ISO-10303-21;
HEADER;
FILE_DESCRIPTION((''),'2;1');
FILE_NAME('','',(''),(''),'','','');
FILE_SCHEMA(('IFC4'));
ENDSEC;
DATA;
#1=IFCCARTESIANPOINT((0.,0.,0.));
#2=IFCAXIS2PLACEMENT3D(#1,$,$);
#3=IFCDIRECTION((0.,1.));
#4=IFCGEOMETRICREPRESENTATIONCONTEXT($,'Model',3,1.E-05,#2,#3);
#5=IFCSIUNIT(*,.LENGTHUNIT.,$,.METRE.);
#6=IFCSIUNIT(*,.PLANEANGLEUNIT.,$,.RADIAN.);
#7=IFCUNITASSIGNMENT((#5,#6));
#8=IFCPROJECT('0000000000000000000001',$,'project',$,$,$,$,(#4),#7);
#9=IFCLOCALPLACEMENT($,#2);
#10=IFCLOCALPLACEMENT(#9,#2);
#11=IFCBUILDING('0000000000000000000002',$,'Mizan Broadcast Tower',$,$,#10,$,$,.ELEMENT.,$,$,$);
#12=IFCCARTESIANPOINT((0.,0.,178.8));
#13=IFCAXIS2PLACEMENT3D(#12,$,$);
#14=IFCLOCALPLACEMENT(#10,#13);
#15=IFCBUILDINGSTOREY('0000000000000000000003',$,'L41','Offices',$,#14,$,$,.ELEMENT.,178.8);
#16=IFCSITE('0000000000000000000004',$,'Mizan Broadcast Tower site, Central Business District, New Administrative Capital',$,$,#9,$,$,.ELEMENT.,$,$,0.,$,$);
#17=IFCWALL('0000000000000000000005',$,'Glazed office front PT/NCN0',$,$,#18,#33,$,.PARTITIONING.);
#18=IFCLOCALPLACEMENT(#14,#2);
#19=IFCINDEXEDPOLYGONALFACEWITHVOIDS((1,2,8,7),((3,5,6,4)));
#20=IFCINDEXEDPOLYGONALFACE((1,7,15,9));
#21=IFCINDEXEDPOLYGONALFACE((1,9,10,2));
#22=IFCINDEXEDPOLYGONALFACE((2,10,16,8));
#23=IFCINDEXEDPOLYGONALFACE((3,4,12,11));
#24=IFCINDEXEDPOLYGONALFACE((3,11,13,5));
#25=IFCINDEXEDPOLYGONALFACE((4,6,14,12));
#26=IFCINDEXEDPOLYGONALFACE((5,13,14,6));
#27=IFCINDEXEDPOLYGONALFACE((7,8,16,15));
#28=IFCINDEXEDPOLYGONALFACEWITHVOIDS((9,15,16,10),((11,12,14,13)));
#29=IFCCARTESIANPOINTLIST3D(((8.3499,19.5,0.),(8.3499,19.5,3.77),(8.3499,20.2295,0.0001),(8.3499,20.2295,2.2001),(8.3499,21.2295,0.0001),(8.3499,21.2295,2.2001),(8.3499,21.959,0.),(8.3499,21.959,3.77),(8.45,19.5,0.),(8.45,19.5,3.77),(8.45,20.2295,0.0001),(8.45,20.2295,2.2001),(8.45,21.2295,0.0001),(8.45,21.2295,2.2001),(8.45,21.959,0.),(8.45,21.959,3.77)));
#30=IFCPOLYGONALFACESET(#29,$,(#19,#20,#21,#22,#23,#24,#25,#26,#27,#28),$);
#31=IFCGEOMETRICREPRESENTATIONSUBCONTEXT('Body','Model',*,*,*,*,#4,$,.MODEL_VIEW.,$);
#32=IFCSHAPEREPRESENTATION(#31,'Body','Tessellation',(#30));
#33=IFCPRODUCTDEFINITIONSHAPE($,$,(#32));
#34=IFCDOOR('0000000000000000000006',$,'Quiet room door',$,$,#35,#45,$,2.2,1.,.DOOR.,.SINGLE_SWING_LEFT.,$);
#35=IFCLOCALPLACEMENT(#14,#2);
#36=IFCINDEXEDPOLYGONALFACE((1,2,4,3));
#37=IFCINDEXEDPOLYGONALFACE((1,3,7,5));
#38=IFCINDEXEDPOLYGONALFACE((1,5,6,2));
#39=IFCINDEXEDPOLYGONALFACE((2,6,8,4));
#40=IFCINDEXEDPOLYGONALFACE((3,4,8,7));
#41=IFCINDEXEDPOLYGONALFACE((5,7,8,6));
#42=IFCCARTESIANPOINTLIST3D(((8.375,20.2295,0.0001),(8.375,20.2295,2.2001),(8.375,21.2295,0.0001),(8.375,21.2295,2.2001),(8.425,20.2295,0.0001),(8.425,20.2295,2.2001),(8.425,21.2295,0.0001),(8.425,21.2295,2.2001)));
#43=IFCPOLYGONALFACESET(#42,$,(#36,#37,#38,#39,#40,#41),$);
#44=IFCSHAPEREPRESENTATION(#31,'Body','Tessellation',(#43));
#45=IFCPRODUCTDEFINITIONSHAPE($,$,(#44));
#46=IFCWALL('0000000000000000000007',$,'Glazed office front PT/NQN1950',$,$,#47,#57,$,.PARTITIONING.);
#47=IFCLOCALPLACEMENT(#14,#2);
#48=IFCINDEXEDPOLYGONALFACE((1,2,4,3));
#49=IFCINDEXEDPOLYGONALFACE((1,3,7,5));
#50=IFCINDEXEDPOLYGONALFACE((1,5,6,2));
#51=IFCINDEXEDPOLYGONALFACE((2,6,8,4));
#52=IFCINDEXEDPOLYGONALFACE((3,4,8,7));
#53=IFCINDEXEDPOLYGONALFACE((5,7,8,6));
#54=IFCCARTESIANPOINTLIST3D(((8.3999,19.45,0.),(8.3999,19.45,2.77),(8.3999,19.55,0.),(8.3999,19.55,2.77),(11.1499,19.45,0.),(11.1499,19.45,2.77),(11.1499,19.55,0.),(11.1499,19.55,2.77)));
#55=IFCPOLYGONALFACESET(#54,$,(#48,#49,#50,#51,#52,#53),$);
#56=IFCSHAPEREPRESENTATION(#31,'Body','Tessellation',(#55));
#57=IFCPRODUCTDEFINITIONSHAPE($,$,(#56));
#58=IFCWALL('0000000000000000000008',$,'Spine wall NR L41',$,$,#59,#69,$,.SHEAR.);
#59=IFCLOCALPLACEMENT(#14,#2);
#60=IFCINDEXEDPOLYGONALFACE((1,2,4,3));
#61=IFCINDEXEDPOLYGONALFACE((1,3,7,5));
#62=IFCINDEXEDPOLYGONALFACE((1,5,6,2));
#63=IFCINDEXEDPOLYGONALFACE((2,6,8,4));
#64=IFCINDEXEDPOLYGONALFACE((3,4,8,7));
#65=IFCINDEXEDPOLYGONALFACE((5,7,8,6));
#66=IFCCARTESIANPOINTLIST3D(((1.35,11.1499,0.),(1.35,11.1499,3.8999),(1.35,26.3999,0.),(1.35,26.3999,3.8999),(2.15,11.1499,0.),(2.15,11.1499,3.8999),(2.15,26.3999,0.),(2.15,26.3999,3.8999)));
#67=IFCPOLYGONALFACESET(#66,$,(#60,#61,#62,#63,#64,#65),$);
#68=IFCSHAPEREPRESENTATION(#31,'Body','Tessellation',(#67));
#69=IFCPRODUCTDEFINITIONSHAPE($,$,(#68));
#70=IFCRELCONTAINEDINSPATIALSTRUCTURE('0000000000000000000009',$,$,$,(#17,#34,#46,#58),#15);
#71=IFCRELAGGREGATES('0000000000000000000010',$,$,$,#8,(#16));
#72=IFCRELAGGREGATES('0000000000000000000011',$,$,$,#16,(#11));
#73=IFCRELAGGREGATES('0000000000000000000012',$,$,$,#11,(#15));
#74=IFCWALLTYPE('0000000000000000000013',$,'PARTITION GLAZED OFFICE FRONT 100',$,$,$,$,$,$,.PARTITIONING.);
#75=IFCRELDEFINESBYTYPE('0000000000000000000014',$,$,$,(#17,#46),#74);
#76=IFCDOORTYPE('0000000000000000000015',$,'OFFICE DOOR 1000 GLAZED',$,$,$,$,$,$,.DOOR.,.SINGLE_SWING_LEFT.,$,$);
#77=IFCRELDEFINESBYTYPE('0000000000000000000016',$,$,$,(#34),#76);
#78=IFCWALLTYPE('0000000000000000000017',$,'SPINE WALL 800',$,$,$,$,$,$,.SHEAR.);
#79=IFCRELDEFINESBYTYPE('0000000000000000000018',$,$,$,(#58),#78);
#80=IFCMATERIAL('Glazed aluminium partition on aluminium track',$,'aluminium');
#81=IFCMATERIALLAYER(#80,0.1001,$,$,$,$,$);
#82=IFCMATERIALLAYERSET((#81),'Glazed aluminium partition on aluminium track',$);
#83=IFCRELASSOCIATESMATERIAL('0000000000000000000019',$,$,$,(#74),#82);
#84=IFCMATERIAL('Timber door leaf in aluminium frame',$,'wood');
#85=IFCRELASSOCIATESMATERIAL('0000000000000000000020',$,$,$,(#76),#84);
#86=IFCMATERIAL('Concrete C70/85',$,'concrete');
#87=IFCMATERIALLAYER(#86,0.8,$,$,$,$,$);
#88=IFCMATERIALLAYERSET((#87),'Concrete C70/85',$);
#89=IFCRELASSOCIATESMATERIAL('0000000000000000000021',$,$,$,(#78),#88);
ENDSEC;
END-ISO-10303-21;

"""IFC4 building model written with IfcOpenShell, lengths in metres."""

from ifc_helpers import new_model, si_unit, direction, frame, frame_2d, origin, place, context, subcontext, project, spatial, rectangle, extrude, material, layer, layer_set, type_object, element, fill, save


model = new_model("IFC4")

# Units and contexts
model_context = context("Model", 3, precision=1e-05, world=origin(), true_north=direction((0.0, 1.0)))
body_context = subcontext(model_context, "Body", "Model", "MODEL_VIEW")
ifc_project = project(units=[si_unit("LENGTHUNIT", "METRE"), si_unit("PLANEANGLEUNIT", "RADIAN")], contexts=[model_context])

# Site, building, storey
site_placement = place(None, origin())
site = spatial("IfcSite", under=ifc_project, at=site_placement, Name="Mizan Broadcast Tower site, Central Business District, New Administrative Capital", CompositionType="ELEMENT", RefElevation=0.0)
building_placement = place(site_placement, origin())
building = spatial("IfcBuilding", under=site, at=building_placement, Name="Mizan Broadcast Tower", CompositionType="ELEMENT")
storey_placement = place(building_placement, frame((0.0, 0.0, 178.8)))
storey = spatial("IfcBuildingStorey", under=building, at=storey_placement, Name="L41", Description="Offices", CompositionType="ELEMENT", Elevation=178.8)

# Wall, opening, door
ifc_material_1 = material(Name="Glazed aluminium partition on aluminium track", Category="aluminium")
ifc_layer_1 = layer(ifc_material_1, 0.1001)
ifc_layer_set_1 = layer_set([ifc_layer_1], Name="Glazed aluminium partition on aluminium track")
wall_type_1 = type_object("IfcWallType", Name="PARTITION GLAZED OFFICE FRONT 100", PredefinedType="PARTITIONING", material=ifc_layer_set_1)
wall_1_placement = place(storey_placement, frame((8.3999, 19.5, 0.0), z_axis=(0.0, 0.0, 1.0), x_axis=(0.0, 1.0, 0.0)))
wall_1 = element("IfcWall", 1, at=wall_1_placement, inside=storey, type_object=wall_type_1, Name="Glazed office front PT/NCN0", PredefinedType="PARTITIONING", context=body_context, shape_type="SweptSolid", body=[
    extrude(rectangle(XDim=2.459, YDim=0.1001, at=frame_2d((1.2295, 0.0))), origin(), (0.0, 0.0, 1.0), 3.77),
])
opening_1_placement = place(wall_1_placement, frame((0.7295, 0.0, 0.0)))
opening_1 = element("IfcOpeningElement", 2, at=opening_1_placement, cuts=wall_1, PredefinedType="OPENING", context=body_context, shape_type="SweptSolid", body=[
    extrude(rectangle(XDim=1.0, YDim=2.2, at=frame_2d((0.5, 1.1001))), frame((0.0, 0.0601, 0.0), z_axis=(0.0, -1.0, 0.0), x_axis=(1.0, 0.0, 0.0)), (0.0, 0.0, 1.0), 0.1201),
])
ifc_material_2 = material(Name="Timber door leaf in aluminium frame", Category="wood")
door_type_1 = type_object("IfcDoorType", Name="OFFICE DOOR 1000 GLAZED", OperationType="SINGLE_SWING_LEFT", PredefinedType="DOOR", material=ifc_material_2)
door_1_placement = place(opening_1_placement, origin())
door_1 = element("IfcDoor", 3, at=door_1_placement, inside=storey, type_object=door_type_1, Name="Quiet room door", OperationType="SINGLE_SWING_LEFT", OverallHeight=2.2, OverallWidth=1.0, PredefinedType="DOOR", context=body_context, shape_type="SweptSolid", body=[
    extrude(rectangle(XDim=1.0, YDim=2.2, at=frame_2d((0.5, 1.1001))), frame((0.0, 0.0249, 0.0), z_axis=(0.0, -1.0, 0.0), x_axis=(1.0, 0.0, 0.0)), (0.0, 0.0, 1.0), 0.05),
])
fill(opening_1, door_1)

# Walls
wall_2_placement = place(storey_placement, frame((8.3999, 19.5, 0.0), z_axis=(0.0, 0.0, 1.0), x_axis=(1.0, 0.0, 0.0)))
element("IfcWall", 4, at=wall_2_placement, inside=storey, type_object=wall_type_1, Name="Glazed office front PT/NQN1950", PredefinedType="PARTITIONING", context=body_context, shape_type="SweptSolid", body=[
    extrude(rectangle(XDim=2.75, YDim=0.1001, at=frame_2d((1.375, 0.0))), origin(), (0.0, 0.0, 1.0), 2.77),
])
ifc_material_3 = material(Name="Concrete C70/85", Category="concrete")
ifc_layer_2 = layer(ifc_material_3, 0.8)
ifc_layer_set_2 = layer_set([ifc_layer_2], Name="Concrete C70/85")
wall_type_2 = type_object("IfcWallType", Name="SPINE WALL 800", PredefinedType="SHEAR", material=ifc_layer_set_2)
wall_3_placement = place(storey_placement, frame((1.75, 11.1499, 0.0), z_axis=(0.0, 0.0, 1.0), x_axis=(0.0, 1.0, 0.0)))
element("IfcWall", 5, at=wall_3_placement, inside=storey, type_object=wall_type_2, Name="Spine wall NR L41", PredefinedType="SHEAR", context=body_context, shape_type="SweptSolid", body=[
    extrude(rectangle(XDim=15.25, YDim=0.8, at=frame_2d((7.625, 0.0))), origin(), (0.0, 0.0, 1.0), 3.8999),
])

save(model, "model.ifc")
